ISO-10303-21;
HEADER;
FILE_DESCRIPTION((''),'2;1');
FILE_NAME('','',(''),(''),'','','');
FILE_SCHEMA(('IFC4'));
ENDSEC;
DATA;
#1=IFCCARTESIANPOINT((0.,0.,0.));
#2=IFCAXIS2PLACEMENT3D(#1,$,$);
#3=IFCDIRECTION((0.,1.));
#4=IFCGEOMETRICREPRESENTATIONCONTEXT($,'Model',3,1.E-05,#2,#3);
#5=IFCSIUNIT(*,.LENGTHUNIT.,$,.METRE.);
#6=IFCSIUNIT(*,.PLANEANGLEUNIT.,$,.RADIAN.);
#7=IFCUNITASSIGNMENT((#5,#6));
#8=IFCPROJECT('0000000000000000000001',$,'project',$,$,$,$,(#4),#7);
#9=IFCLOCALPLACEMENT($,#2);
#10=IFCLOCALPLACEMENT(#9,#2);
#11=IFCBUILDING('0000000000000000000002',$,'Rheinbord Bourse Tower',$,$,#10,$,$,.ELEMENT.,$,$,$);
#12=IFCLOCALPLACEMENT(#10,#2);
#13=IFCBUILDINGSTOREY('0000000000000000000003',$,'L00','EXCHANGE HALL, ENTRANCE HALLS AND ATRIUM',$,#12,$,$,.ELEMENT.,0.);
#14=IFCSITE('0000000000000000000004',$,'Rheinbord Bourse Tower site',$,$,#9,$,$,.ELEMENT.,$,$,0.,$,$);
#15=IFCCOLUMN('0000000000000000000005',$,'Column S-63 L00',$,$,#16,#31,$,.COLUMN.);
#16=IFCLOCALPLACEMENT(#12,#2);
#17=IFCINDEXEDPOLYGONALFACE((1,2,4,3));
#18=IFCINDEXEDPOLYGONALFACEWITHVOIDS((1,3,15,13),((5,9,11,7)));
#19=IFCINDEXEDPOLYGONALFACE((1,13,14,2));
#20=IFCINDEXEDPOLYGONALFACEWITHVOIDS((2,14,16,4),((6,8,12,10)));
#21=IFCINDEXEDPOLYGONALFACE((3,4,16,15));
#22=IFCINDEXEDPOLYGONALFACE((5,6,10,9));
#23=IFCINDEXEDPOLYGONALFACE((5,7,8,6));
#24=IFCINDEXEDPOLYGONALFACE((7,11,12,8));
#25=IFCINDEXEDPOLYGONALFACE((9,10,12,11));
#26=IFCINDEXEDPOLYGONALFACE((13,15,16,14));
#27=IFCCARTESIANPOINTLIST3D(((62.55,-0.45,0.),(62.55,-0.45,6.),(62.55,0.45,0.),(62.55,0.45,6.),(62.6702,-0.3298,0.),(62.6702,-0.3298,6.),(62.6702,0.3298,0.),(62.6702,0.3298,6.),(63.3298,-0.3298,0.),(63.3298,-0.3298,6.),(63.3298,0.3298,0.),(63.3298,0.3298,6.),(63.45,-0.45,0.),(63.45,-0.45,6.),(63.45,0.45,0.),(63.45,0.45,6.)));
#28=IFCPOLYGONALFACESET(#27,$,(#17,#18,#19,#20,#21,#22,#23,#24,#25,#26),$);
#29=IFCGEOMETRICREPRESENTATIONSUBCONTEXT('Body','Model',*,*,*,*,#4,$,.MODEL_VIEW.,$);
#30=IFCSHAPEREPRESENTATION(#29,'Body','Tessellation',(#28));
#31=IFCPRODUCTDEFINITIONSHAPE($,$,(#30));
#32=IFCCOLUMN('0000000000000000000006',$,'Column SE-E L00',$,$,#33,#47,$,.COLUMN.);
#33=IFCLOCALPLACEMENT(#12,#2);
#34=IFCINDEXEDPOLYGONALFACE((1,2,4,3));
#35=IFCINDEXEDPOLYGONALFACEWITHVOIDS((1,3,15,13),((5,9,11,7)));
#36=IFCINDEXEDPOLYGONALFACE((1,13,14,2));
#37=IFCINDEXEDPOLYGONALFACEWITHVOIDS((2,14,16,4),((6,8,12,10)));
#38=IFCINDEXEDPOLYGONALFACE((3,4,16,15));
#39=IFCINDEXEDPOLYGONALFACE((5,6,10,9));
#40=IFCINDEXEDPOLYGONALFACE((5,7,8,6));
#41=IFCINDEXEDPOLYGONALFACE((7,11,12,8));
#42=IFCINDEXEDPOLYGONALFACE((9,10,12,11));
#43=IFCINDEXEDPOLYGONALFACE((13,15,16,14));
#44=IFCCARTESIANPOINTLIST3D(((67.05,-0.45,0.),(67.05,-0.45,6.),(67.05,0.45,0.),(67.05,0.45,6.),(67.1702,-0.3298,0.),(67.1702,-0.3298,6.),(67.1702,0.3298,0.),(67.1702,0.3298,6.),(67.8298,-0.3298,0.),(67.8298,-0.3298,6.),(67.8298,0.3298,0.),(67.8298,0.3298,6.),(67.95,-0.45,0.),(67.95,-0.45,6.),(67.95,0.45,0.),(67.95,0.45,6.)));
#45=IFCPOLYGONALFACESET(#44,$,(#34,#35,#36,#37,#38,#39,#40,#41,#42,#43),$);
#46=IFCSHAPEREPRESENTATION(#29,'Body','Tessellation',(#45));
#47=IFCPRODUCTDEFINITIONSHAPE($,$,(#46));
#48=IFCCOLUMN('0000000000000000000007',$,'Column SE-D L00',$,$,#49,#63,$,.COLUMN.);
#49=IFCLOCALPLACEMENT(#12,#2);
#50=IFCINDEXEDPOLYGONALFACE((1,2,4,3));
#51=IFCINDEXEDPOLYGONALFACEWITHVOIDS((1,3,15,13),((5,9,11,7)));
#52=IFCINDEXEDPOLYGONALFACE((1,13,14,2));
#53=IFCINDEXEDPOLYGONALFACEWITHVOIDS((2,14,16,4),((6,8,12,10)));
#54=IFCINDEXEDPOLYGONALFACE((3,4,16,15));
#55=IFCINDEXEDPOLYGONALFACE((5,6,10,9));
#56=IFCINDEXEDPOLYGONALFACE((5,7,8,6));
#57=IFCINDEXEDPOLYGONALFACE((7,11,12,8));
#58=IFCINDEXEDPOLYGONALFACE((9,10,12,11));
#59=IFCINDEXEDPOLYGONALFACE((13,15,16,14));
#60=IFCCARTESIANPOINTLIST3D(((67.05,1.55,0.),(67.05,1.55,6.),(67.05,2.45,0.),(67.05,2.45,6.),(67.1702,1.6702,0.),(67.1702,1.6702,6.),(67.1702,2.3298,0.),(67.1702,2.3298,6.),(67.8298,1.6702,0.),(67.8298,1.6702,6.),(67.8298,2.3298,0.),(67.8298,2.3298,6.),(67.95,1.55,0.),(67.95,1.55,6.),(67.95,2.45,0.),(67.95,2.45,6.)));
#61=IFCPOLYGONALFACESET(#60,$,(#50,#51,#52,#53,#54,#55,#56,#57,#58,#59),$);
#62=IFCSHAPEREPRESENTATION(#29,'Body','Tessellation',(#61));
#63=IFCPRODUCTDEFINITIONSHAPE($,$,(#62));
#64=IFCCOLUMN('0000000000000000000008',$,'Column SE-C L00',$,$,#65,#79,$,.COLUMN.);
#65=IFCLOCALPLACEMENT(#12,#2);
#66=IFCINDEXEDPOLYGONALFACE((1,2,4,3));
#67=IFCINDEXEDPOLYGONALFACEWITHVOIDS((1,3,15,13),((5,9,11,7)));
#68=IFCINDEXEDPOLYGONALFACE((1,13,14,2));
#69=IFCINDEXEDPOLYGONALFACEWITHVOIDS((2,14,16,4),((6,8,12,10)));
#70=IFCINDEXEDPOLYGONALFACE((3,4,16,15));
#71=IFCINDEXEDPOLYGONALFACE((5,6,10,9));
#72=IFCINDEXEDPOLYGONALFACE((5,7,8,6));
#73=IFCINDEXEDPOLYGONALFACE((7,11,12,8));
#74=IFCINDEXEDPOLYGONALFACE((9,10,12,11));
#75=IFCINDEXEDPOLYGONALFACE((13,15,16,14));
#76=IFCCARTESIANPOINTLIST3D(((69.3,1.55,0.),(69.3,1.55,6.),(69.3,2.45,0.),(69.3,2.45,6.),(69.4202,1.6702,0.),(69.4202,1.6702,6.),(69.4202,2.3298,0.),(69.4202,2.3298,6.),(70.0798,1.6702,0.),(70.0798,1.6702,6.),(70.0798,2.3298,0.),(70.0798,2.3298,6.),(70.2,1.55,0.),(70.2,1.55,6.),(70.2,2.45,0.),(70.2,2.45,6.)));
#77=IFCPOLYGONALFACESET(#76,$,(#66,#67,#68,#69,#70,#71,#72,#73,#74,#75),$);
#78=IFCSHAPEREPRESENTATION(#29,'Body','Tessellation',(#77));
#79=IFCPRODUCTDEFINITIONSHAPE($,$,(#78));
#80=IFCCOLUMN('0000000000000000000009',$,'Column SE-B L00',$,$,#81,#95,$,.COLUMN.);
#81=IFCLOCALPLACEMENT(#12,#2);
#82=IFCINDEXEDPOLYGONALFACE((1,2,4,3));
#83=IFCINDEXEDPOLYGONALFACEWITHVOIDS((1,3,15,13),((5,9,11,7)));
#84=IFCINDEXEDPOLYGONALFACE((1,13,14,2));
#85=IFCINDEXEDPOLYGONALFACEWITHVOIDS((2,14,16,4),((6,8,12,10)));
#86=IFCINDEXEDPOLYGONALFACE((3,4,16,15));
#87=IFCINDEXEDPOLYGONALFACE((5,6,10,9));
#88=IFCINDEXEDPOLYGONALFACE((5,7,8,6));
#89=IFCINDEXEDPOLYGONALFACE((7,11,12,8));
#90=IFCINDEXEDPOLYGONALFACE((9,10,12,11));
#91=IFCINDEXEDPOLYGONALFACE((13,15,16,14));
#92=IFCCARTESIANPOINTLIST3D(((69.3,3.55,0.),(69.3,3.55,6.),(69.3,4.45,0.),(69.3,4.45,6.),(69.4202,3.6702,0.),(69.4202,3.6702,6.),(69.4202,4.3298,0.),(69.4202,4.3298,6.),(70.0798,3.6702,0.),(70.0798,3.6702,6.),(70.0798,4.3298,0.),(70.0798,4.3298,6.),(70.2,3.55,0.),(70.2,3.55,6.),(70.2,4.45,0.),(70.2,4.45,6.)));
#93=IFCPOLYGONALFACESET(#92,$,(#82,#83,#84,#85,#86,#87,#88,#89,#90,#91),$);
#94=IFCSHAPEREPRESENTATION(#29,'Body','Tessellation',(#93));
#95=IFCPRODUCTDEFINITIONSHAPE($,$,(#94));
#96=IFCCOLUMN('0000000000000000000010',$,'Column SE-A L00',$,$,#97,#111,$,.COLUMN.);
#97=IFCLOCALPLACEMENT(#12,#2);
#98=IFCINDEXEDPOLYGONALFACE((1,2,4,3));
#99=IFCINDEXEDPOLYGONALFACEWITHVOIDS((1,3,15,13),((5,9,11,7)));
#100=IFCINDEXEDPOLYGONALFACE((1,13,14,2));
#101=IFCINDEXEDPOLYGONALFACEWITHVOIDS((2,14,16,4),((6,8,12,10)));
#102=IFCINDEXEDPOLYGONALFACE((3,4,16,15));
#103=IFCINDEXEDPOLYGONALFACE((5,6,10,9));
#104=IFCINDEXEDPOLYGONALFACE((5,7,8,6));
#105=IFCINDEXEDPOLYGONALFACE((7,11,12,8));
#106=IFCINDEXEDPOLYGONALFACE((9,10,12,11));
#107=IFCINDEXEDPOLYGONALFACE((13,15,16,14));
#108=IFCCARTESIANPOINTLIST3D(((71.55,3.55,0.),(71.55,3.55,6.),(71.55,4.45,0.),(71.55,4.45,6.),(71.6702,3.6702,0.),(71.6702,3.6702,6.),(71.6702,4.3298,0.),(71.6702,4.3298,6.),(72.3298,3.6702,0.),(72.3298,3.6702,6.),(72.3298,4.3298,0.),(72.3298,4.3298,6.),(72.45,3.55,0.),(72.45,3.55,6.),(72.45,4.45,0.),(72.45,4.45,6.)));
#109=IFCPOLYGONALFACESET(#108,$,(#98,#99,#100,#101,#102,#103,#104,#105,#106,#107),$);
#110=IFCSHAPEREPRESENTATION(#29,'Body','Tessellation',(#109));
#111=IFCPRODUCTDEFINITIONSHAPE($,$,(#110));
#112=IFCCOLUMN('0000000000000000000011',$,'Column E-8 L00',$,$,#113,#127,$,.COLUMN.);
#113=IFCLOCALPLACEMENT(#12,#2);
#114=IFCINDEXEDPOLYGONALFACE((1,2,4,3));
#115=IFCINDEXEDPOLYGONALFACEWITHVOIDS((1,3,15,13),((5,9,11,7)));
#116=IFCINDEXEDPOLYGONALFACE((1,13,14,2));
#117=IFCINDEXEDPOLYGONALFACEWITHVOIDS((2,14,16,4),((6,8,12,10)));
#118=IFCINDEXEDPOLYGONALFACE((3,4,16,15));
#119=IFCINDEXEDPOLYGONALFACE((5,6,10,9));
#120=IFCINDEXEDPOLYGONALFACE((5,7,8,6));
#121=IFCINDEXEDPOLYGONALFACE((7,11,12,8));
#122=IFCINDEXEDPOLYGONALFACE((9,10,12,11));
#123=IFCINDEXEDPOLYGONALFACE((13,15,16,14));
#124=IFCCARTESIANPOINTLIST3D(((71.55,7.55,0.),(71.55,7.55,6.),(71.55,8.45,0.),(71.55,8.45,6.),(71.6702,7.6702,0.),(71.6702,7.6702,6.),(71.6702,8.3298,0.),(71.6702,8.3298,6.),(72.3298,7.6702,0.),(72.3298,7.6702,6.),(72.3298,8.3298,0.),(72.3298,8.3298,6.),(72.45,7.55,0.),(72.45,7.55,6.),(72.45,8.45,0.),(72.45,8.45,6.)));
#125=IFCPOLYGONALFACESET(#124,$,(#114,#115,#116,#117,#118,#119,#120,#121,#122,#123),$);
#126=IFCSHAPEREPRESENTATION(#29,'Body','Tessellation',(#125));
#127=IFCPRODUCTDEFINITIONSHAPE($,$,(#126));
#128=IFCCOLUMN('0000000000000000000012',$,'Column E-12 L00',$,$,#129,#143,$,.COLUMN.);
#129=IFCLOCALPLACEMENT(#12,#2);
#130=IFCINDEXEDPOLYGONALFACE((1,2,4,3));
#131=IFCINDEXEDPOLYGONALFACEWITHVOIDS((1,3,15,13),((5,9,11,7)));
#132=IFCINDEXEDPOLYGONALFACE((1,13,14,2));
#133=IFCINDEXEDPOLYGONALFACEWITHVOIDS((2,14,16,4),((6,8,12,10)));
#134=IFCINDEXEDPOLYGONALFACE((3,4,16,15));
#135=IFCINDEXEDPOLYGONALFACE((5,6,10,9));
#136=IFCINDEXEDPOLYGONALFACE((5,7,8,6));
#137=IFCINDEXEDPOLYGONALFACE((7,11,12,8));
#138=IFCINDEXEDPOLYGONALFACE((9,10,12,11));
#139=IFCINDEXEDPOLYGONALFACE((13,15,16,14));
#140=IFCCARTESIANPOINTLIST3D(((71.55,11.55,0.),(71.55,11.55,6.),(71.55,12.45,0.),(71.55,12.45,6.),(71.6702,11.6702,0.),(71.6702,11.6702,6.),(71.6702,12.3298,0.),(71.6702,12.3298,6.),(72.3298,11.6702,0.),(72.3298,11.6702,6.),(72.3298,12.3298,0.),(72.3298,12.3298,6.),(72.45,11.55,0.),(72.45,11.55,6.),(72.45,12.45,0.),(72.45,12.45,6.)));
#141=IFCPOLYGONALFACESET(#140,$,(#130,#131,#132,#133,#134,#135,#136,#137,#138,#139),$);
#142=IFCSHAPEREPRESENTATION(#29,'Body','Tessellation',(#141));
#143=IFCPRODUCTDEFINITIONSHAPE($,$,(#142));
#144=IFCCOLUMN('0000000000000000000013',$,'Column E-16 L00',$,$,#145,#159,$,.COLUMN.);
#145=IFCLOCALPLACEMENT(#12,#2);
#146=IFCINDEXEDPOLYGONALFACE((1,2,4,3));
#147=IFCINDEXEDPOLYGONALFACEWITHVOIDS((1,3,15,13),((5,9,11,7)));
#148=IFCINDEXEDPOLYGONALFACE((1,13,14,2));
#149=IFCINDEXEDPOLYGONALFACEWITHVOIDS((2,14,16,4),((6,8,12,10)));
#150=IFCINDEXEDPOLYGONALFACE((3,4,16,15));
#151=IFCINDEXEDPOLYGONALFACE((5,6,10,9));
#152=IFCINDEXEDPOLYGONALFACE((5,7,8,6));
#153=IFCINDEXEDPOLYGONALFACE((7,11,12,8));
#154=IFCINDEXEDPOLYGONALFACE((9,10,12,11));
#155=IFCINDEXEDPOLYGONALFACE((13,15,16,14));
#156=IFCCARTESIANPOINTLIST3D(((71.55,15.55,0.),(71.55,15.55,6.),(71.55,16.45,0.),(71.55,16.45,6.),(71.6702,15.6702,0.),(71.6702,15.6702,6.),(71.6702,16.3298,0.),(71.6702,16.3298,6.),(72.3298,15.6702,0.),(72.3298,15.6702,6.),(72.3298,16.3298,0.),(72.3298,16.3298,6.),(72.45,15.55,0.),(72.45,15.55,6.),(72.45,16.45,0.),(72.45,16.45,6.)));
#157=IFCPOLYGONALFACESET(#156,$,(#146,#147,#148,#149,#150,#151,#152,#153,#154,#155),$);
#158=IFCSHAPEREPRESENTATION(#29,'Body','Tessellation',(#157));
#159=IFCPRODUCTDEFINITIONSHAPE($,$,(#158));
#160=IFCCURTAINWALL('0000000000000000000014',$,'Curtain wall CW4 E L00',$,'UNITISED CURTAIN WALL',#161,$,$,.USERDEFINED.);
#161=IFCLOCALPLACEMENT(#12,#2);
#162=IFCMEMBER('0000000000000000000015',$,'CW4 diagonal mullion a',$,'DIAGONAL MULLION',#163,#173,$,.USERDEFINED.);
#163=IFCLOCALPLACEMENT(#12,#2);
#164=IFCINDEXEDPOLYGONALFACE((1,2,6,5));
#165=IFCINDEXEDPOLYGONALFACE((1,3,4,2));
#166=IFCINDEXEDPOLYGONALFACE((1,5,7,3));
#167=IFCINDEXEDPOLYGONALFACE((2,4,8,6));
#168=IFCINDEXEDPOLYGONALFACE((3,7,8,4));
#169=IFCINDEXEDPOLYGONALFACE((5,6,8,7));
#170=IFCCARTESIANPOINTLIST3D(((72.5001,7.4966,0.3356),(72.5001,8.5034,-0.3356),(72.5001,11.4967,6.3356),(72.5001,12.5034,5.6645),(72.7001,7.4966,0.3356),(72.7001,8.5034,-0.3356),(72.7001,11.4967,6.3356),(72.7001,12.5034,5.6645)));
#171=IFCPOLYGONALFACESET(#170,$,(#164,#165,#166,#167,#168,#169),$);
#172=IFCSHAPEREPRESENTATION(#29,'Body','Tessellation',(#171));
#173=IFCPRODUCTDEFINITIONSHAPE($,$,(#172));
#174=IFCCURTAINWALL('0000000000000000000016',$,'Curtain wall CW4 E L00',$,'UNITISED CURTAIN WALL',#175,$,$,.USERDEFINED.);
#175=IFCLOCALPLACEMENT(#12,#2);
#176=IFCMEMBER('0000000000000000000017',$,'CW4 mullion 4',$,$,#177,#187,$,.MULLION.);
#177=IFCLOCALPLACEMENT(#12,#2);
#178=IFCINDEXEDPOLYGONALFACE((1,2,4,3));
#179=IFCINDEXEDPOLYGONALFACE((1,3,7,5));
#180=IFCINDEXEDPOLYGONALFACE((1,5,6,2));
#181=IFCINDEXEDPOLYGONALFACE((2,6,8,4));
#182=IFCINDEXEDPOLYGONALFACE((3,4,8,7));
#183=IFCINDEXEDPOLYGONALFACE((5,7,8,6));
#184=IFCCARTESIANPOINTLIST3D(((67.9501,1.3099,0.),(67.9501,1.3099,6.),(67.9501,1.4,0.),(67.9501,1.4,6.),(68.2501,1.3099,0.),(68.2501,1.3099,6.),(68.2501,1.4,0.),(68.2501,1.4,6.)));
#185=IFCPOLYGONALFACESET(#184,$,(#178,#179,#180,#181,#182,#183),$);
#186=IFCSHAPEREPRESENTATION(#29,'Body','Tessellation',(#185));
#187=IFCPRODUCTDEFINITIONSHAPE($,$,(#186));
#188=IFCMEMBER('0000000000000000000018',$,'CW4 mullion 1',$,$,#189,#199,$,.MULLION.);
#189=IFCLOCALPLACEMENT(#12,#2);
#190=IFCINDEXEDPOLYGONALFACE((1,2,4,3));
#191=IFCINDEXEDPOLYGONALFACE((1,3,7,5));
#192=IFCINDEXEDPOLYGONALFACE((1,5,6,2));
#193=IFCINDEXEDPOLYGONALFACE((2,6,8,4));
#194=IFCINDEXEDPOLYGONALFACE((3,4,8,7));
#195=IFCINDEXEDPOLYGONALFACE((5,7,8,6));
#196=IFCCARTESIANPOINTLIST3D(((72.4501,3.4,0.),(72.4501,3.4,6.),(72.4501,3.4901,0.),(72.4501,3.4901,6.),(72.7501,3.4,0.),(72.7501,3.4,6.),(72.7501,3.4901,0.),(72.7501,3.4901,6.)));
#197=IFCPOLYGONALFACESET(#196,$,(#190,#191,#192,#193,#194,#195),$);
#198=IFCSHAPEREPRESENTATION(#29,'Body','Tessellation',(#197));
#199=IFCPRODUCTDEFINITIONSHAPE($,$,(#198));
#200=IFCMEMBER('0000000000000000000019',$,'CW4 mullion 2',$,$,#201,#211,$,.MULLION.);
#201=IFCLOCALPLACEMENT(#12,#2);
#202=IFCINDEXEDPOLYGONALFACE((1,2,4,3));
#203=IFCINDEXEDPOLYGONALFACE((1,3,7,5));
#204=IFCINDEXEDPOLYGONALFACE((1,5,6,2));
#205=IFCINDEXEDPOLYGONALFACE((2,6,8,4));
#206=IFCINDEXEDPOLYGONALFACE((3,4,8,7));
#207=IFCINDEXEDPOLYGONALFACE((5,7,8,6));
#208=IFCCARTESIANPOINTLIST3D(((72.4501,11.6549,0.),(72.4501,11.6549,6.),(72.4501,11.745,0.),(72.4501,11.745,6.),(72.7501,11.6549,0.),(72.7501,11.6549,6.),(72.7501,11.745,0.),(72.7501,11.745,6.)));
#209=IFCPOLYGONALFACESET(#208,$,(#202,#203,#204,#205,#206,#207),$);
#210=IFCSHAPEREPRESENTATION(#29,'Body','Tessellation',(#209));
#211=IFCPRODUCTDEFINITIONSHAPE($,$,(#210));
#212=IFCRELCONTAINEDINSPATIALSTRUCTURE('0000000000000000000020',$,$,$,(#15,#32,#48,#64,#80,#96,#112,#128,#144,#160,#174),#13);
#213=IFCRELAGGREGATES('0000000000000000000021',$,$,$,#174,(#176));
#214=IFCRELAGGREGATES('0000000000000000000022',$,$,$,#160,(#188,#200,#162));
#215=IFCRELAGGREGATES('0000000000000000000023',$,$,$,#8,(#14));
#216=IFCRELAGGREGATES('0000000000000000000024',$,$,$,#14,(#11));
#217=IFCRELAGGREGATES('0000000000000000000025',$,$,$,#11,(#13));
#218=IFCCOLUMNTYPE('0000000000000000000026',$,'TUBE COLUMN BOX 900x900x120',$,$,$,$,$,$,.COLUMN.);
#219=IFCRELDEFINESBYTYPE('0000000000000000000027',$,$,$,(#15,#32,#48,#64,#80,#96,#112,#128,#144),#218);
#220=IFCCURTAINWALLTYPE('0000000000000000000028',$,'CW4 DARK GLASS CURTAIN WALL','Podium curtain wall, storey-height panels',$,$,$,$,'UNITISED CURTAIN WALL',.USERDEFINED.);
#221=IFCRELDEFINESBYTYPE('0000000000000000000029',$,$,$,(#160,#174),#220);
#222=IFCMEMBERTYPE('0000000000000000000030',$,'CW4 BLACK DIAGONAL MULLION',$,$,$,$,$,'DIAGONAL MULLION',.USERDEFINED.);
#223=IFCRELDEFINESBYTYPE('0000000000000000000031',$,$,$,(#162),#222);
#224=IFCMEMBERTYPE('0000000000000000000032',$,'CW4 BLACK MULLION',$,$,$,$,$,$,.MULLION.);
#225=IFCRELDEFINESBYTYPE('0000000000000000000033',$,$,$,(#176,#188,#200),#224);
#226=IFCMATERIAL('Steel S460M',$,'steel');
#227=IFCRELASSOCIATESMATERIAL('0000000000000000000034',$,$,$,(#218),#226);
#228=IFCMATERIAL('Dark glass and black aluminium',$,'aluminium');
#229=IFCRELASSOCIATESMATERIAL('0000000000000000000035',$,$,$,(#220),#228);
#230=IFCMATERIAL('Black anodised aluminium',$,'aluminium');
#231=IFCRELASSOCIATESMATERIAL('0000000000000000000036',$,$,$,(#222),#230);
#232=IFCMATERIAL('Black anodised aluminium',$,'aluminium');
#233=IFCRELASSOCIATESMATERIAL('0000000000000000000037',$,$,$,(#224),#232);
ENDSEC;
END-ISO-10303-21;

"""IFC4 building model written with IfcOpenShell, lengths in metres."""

from ifc_helpers import new_model, si_unit, direction, frame, origin, origin_2d, place, context, subcontext, project, spatial, rectangle, hollow_rectangle, extrude, material, material_profile, profile_set, type_object, element, aggregate, save


model = new_model("IFC4")

# Units and contexts
model_context = context("Model", 3, precision=1e-05, world=origin(), true_north=direction((0.0, 1.0)))
body_context = subcontext(model_context, "Body", "Model", "MODEL_VIEW")
ifc_project = project(units=[si_unit("LENGTHUNIT", "METRE"), si_unit("PLANEANGLEUNIT", "RADIAN")], contexts=[model_context])

# Site, building, storey
site_placement = place(None, origin())
site = spatial("IfcSite", under=ifc_project, at=site_placement, Name="Rheinbord Bourse Tower site", CompositionType="ELEMENT", RefElevation=0.0)
building_placement = place(site_placement, origin())
building = spatial("IfcBuilding", under=site, at=building_placement, Name="Rheinbord Bourse Tower", CompositionType="ELEMENT")
storey_placement = place(building_placement, origin())
storey = spatial("IfcBuildingStorey", under=building, at=storey_placement, Name="L00", Description="EXCHANGE HALL, ENTRANCE HALLS AND ATRIUM", CompositionType="ELEMENT", Elevation=0.0)

# Columns
ifc_material_1 = material(Name="Steel S460M", Category="steel")
ifc_material_profile_1 = material_profile(ifc_material_1, hollow_rectangle(XDim=0.8999, YDim=0.8999, WallThickness=0.1201, at=origin_2d()), Name="BOX 900x900x120")
ifc_profile_set_1 = profile_set([ifc_material_profile_1], Name="Steel S460M")
column_type = type_object("IfcColumnType", Name="TUBE COLUMN BOX 900x900x120", PredefinedType="COLUMN", material=ifc_profile_set_1)
for number, where, z_axis, x_axis, name in (
    (1, (63.0, 0.0, 0.0), (0.0, 0.0, 1.0), (0.0, 1.0, 0.0), "Column S-63 L00"),
    (2, (67.5, 0.0, 0.0), (0.0, 0.0, 1.0), (0.0, 1.0, 0.0), "Column SE-E L00"),
    (3, (67.5, 2.0, 0.0), (0.0, 0.0, 1.0), (0.0, 1.0, 0.0), "Column SE-D L00"),
    (4, (69.75, 2.0, 0.0), (0.0, 0.0, 1.0), (1.0, 0.0, 0.0), "Column SE-C L00"),
    (5, (69.75, 4.0, 0.0), (0.0, 0.0, 1.0), (1.0, 0.0, 0.0), "Column SE-B L00"),
    (6, (72.0, 4.0, 0.0), (0.0, 0.0, 1.0), (1.0, 0.0, 0.0), "Column SE-A L00"),
    (7, (72.0, 8.0, 0.0), (0.0, 0.0, 1.0), (1.0, 0.0, 0.0), "Column E-8 L00"),
    (8, (72.0, 12.0, 0.0), (0.0, 0.0, 1.0), (1.0, 0.0, 0.0), "Column E-12 L00"),
    (9, (72.0, 16.0, 0.0), (0.0, 0.0, 1.0), (1.0, 0.0, 0.0), "Column E-16 L00"),
):
    element("IfcColumn", number, at=place(storey_placement, frame(where, z_axis=z_axis, x_axis=x_axis)), inside=storey, type_object=column_type, Name=name, PredefinedType="COLUMN", context=body_context, shape_type="SweptSolid", body=[
        extrude(hollow_rectangle(XDim=0.8999, YDim=0.8999, WallThickness=0.1201, at=origin_2d()), origin(), (0.0, 0.0, 1.0), 6.0),
    ])

# Curtain walls, members
ifc_material_2 = material(Name="Dark glass and black aluminium", Category="aluminium")
curtain_wall_type = type_object("IfcCurtainWallType", Name="CW4 DARK GLASS CURTAIN WALL", Description="Podium curtain wall, storey-height panels", ElementType="UNITISED CURTAIN WALL", PredefinedType="USERDEFINED", material=ifc_material_2)
curtain_wall_1_placement = place(storey_placement, origin())
curtain_wall_1 = element("IfcCurtainWall", 10, at=curtain_wall_1_placement, inside=storey, type_object=curtain_wall_type, Name="Curtain wall CW4 E L00", ObjectType="UNITISED CURTAIN WALL", PredefinedType="USERDEFINED")
ifc_material_3 = material(Name="Black anodised aluminium", Category="aluminium")
ifc_material_profile_2 = material_profile(ifc_material_3, rectangle(XDim=0.2, YDim=1.21, at=origin_2d()), Name="CW4 DIAGONAL MULLION 1210x200")
ifc_profile_set_2 = profile_set([ifc_material_profile_2], Name="Black anodised aluminium")
member_type_1 = type_object("IfcMemberType", Name="CW4 BLACK DIAGONAL MULLION", ElementType="DIAGONAL MULLION", PredefinedType="USERDEFINED", material=ifc_profile_set_2)
member_1_placement = place(storey_placement, frame((72.6001, 8.0, 0.0), z_axis=(0.0, 0.5547, 0.83205), x_axis=(-1.0, 0.0, 0.0)))
member_1 = element("IfcMember", 11, at=member_1_placement, type_object=member_type_1, Name="CW4 diagonal mullion a", ObjectType="DIAGONAL MULLION", PredefinedType="USERDEFINED", context=body_context, shape_type="SweptSolid", body=[
    extrude(rectangle(XDim=0.2, YDim=1.21, at=origin_2d()), origin(), (0.0, 0.0, 1.0), 7.2112),
])
curtain_wall_2_placement = place(storey_placement, origin())
curtain_wall_2 = element("IfcCurtainWall", 12, at=curtain_wall_2_placement, inside=storey, type_object=curtain_wall_type, Name="Curtain wall CW4 E L00", ObjectType="UNITISED CURTAIN WALL", PredefinedType="USERDEFINED")
ifc_material_4 = material(Name="Black anodised aluminium", Category="aluminium")
ifc_material_profile_3 = material_profile(ifc_material_4, rectangle(XDim=0.3, YDim=0.0901, at=origin_2d()), Name="CW4 MULLION 90x300")
ifc_profile_set_3 = profile_set([ifc_material_profile_3], Name="Black anodised aluminium")
member_type_2 = type_object("IfcMemberType", Name="CW4 BLACK MULLION", PredefinedType="MULLION", material=ifc_profile_set_3)
member_2_placement = place(storey_placement, frame((68.1001, 1.355, 0.0), z_axis=(0.0, 0.0, 1.0), x_axis=(-1.0, 0.0, 0.0)))
member_2 = element("IfcMember", 13, at=member_2_placement, type_object=member_type_2, Name="CW4 mullion 4", PredefinedType="MULLION", context=body_context, shape_type="SweptSolid", body=[
    extrude(rectangle(XDim=0.3, YDim=0.0901, at=origin_2d()), origin(), (0.0, 0.0, 1.0), 6.0),
])
aggregate(curtain_wall_2, [member_2])

# Members
member_3_placement = place(storey_placement, frame((72.6001, 3.4451, 0.0), z_axis=(0.0, 0.0, 1.0), x_axis=(-1.0, 0.0, 0.0)))
member_3 = element("IfcMember", 14, at=member_3_placement, type_object=member_type_2, Name="CW4 mullion 1", PredefinedType="MULLION", context=body_context, shape_type="SweptSolid", body=[
    extrude(rectangle(XDim=0.3, YDim=0.0901, at=origin_2d()), origin(), (0.0, 0.0, 1.0), 6.0),
])
member_4_placement = place(storey_placement, frame((72.6001, 11.7, 0.0), z_axis=(0.0, 0.0, 1.0), x_axis=(-1.0, 0.0, 0.0)))
member_4 = element("IfcMember", 15, at=member_4_placement, type_object=member_type_2, Name="CW4 mullion 2", PredefinedType="MULLION", context=body_context, shape_type="SweptSolid", body=[
    extrude(rectangle(XDim=0.3, YDim=0.0901, at=origin_2d()), origin(), (0.0, 0.0, 1.0), 6.0),
])

aggregate(curtain_wall_1, [member_3, member_4, member_1])

save(model, "model.ifc")
